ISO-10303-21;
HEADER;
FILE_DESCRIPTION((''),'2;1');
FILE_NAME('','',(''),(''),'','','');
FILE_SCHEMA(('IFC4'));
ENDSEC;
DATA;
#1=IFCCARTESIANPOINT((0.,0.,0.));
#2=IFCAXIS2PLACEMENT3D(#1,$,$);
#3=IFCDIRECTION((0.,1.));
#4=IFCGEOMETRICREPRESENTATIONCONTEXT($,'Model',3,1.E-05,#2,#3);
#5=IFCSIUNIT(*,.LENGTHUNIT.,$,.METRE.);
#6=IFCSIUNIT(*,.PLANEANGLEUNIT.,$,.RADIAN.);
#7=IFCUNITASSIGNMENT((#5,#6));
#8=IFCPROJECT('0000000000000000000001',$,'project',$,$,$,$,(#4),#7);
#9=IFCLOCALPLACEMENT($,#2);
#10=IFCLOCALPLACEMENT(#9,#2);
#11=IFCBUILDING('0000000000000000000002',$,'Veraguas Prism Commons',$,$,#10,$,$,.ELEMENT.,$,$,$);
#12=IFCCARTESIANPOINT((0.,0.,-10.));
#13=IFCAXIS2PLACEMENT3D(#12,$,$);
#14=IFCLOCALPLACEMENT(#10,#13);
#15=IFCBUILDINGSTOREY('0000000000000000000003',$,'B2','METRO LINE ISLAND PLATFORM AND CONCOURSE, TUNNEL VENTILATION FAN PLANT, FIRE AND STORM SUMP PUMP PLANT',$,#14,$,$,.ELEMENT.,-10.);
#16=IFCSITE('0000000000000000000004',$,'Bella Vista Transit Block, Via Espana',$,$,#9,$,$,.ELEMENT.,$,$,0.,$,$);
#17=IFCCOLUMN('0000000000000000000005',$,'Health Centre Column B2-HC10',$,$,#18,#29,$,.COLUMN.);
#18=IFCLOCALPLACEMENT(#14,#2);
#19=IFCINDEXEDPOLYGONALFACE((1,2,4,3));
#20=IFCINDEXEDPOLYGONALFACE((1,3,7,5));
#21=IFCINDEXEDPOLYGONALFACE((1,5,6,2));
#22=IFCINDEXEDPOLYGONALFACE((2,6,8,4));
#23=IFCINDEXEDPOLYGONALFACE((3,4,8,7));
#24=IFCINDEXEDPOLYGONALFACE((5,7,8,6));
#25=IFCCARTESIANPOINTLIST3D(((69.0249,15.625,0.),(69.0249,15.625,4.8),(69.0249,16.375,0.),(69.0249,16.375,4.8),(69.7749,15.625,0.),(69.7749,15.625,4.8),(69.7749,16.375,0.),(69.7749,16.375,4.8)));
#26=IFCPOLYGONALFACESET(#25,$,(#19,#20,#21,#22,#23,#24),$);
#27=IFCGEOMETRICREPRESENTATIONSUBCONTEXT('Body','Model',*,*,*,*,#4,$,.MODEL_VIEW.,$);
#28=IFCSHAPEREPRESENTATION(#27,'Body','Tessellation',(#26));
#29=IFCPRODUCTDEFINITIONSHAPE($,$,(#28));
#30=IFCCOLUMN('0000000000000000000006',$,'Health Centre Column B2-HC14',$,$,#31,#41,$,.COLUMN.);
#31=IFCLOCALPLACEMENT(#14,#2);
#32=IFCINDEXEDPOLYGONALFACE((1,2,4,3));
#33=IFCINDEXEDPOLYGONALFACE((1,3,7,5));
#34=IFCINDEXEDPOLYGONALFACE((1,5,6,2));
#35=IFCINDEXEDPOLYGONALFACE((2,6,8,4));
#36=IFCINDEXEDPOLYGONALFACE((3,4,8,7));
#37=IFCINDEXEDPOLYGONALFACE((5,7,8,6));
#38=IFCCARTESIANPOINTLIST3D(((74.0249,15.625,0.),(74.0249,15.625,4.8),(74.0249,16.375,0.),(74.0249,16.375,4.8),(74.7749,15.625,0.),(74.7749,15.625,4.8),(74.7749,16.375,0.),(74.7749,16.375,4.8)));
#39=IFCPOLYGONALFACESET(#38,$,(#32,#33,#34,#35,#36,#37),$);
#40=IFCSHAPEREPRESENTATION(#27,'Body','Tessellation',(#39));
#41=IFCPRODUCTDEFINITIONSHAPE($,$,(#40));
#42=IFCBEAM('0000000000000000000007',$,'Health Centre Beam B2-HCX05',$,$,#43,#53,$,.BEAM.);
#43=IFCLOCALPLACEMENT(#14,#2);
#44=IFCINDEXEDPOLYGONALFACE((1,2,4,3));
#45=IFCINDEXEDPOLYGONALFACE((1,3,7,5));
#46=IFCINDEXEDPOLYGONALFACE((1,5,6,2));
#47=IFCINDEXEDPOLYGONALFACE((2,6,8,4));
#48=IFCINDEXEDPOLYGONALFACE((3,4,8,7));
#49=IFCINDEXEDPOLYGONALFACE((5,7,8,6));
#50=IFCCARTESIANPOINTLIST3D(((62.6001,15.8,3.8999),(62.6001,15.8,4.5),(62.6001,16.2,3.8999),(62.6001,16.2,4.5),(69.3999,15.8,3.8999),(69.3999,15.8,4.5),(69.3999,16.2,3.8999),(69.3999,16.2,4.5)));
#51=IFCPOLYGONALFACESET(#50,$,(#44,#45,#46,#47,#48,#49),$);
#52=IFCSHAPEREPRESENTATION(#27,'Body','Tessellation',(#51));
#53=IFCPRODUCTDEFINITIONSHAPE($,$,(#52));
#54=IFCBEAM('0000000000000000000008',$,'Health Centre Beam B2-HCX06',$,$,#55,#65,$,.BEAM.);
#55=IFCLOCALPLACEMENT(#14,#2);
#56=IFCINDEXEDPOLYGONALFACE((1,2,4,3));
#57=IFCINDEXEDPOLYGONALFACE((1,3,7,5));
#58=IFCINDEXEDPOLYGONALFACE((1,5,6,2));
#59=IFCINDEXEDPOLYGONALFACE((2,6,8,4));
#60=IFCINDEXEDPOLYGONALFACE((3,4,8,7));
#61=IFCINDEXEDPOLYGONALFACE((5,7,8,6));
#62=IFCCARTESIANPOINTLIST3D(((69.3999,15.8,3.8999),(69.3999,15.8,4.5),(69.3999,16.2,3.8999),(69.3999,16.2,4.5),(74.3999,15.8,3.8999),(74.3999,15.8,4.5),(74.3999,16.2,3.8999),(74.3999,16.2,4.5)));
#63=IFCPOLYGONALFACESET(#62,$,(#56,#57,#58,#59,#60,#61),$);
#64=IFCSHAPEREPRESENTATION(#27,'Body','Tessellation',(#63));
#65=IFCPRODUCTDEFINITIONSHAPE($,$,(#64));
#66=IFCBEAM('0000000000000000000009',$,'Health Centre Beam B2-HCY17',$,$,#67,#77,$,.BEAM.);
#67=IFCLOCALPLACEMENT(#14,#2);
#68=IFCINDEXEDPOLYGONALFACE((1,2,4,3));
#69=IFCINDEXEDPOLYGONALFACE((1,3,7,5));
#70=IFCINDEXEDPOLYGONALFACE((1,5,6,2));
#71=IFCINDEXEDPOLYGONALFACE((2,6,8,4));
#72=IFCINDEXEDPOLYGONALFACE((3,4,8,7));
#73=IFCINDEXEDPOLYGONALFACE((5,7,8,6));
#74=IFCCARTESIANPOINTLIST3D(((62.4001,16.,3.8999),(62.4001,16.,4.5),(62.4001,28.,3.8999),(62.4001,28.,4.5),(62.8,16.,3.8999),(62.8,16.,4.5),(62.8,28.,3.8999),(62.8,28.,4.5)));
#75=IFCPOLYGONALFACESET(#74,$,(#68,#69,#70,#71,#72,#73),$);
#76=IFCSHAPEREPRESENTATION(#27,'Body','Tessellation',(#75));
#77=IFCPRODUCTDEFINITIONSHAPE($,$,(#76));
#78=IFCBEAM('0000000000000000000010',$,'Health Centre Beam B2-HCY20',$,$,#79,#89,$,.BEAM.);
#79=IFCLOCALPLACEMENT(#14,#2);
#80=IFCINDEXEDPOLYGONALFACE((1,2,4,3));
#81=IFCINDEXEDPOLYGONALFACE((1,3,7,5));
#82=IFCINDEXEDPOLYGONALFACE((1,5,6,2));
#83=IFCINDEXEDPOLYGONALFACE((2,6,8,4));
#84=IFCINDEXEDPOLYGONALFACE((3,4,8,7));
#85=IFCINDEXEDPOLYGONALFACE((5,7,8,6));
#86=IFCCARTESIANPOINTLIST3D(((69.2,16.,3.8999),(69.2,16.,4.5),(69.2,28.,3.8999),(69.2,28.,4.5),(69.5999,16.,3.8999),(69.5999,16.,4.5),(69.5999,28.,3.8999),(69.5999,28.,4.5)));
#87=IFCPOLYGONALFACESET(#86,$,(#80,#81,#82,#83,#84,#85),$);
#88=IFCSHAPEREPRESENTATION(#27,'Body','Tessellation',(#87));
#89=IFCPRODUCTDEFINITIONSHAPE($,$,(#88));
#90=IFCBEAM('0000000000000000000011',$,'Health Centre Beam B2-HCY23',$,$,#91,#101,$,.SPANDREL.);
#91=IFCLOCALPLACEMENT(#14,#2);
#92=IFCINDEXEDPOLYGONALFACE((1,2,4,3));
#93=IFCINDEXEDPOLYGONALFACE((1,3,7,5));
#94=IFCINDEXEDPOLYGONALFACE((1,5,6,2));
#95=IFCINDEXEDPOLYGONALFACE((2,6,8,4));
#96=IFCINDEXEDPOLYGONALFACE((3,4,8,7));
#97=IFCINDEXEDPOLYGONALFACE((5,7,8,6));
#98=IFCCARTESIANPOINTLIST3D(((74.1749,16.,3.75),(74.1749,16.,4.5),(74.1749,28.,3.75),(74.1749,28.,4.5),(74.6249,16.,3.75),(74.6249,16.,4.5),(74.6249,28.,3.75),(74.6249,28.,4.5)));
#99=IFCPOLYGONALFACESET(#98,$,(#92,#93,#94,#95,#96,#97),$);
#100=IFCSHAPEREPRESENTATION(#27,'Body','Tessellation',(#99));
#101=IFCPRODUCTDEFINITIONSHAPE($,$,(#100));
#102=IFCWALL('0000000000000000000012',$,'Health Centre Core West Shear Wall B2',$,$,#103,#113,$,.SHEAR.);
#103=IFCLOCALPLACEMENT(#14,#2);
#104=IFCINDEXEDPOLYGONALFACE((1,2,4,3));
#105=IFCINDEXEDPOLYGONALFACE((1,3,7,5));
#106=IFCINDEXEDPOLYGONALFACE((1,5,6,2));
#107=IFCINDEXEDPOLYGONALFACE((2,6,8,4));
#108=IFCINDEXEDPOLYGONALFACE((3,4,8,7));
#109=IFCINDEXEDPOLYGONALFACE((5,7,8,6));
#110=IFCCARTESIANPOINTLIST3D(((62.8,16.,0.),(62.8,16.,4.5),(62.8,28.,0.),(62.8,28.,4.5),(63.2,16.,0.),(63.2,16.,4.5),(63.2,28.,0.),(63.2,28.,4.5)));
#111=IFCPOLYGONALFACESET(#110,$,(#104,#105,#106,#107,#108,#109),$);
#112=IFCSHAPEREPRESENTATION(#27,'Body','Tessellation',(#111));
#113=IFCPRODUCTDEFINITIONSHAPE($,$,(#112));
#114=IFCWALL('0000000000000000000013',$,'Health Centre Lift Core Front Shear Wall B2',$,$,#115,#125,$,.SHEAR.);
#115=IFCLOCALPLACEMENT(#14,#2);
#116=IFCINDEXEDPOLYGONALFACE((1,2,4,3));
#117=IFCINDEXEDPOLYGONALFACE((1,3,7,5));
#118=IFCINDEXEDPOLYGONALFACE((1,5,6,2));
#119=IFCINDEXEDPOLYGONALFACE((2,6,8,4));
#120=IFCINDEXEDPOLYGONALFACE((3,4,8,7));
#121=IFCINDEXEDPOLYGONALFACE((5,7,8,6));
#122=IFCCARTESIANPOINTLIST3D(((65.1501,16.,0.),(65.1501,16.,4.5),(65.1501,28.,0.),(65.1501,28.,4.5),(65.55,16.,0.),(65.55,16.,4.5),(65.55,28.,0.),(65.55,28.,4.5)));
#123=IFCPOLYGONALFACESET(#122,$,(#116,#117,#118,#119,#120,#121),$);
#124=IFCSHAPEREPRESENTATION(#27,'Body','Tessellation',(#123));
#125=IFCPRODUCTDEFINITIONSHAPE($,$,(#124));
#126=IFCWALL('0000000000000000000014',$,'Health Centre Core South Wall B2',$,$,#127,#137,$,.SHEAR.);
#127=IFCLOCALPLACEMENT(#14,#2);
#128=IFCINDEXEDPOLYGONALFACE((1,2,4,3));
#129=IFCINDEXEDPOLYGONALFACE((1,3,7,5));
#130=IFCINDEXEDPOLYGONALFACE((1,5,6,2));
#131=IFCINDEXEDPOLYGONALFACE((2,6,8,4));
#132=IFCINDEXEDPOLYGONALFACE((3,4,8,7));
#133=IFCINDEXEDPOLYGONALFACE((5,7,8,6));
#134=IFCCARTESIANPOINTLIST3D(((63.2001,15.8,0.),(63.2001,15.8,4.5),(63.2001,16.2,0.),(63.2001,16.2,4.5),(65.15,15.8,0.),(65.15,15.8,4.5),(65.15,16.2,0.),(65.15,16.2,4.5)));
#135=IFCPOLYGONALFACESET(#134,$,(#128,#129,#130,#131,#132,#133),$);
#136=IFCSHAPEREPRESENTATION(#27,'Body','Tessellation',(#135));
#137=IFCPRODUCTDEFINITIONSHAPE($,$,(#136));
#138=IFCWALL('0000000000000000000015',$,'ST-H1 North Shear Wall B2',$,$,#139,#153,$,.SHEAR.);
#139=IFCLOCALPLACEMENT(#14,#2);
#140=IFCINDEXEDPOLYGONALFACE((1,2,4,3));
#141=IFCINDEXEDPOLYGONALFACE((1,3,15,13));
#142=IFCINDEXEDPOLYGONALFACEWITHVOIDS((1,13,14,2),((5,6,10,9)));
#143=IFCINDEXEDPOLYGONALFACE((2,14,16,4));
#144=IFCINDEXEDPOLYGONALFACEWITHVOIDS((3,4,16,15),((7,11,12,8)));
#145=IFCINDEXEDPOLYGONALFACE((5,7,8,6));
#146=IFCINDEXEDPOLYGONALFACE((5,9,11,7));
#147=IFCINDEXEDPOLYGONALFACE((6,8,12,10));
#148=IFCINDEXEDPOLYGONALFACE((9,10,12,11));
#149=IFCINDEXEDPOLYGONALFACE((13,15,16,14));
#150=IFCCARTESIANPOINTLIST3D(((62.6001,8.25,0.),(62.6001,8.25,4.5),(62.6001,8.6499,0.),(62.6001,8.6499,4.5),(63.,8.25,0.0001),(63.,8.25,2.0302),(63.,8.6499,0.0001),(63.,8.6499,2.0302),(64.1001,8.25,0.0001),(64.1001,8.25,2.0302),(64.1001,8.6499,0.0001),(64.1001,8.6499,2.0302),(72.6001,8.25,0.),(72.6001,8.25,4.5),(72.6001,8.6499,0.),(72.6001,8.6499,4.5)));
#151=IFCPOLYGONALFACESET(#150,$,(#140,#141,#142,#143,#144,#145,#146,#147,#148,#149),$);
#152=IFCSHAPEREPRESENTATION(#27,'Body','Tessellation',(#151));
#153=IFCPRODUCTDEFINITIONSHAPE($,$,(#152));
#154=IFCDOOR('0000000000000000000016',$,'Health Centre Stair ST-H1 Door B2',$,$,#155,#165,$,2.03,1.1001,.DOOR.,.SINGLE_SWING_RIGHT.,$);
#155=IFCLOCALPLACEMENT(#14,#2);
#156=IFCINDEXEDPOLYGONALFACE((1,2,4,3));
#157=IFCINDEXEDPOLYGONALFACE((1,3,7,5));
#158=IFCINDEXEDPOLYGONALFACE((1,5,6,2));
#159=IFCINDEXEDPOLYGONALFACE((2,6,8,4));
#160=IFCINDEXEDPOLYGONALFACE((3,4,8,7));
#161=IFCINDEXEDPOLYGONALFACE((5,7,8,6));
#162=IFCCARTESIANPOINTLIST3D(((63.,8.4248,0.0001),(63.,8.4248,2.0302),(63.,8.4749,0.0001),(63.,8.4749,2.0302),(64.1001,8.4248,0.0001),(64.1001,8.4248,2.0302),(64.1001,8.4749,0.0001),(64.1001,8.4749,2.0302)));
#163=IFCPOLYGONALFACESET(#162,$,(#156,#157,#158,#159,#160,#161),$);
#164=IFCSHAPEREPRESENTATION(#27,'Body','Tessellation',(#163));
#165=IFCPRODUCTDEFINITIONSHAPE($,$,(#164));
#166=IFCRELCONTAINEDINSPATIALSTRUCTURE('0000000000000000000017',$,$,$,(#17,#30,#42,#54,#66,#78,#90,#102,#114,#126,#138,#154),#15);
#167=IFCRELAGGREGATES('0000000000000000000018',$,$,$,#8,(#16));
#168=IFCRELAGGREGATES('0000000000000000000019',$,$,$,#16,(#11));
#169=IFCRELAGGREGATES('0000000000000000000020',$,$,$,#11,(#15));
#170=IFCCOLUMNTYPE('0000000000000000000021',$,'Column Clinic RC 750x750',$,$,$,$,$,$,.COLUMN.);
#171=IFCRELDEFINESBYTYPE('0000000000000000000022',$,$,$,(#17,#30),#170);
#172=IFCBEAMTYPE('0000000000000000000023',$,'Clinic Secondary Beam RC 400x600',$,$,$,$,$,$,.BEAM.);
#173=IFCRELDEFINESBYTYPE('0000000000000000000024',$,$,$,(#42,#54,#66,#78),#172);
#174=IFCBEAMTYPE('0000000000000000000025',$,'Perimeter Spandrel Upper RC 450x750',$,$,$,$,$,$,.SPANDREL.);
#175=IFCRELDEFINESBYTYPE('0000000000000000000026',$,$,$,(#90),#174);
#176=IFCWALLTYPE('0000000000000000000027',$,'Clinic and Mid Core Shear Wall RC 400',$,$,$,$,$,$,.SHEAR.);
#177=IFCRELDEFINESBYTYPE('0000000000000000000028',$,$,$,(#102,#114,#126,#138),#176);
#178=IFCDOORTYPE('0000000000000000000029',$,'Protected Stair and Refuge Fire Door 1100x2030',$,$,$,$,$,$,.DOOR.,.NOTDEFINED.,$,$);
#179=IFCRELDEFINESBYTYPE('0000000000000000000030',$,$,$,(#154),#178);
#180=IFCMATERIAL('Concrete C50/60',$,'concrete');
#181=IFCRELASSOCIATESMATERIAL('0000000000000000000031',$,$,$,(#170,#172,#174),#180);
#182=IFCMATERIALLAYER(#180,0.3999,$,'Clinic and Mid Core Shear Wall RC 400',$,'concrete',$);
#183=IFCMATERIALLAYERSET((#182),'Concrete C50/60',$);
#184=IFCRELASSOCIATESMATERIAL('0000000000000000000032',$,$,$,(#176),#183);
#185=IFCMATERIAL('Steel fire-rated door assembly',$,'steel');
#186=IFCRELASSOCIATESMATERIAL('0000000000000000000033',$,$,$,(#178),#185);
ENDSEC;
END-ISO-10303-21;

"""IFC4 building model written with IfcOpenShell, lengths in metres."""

from ifc_helpers import new_model, si_unit, direction, frame, frame_2d, origin, origin_2d, place, context, subcontext, project, spatial, rectangle, extrude, source, transform, mapped, material, layer, layer_set, material_profile, profile_set, type_object, element, fill, save


model = new_model("IFC4")

# Units and contexts
model_context = context("Model", 3, precision=1e-05, world=origin(), true_north=direction((0.0, 1.0)))
body_context = subcontext(model_context, "Body", "Model", "MODEL_VIEW")
ifc_project = project(units=[si_unit("LENGTHUNIT", "METRE"), si_unit("PLANEANGLEUNIT", "RADIAN")], contexts=[model_context])

# Site, building, storey
site_placement = place(None, origin())
site = spatial("IfcSite", under=ifc_project, at=site_placement, Name="Bella Vista Transit Block, Via Espana", CompositionType="ELEMENT", RefElevation=0.0)
building_placement = place(site_placement, origin())
building = spatial("IfcBuilding", under=site, at=building_placement, Name="Veraguas Prism Commons", CompositionType="ELEMENT")
storey_placement = place(building_placement, frame((0.0, 0.0, -10.0)))
storey = spatial("IfcBuildingStorey", under=building, at=storey_placement, Name="B2", Description="METRO LINE ISLAND PLATFORM AND CONCOURSE, TUNNEL VENTILATION FAN PLANT, FIRE AND STORM SUMP PUMP PLANT", CompositionType="ELEMENT", Elevation=-10.0)

# Columns
ifc_material_1 = material(Name="Concrete C50/60", Category="concrete")
ifc_material_profile_1 = material_profile(ifc_material_1, rectangle(XDim=0.75, YDim=0.75, at=origin_2d()), Name="RC750X750")
ifc_profile_set_1 = profile_set([ifc_material_profile_1], Name="Concrete C50/60")
column_type = type_object("IfcColumnType", Name="Column Clinic RC 750x750", PredefinedType="COLUMN", material=ifc_profile_set_1)
for number, where, z_axis, x_axis, name in (
    (1, (69.3999, 16.0, 0.0), (0.0, 0.0, 1.0), (1.0, 0.0, 0.0), "Health Centre Column B2-HC10"),
    (2, (74.3999, 16.0, 0.0), (0.0, 0.0, 1.0), (1.0, 0.0, 0.0), "Health Centre Column B2-HC14"),
):
    element("IfcColumn", number, at=place(storey_placement, frame(where, z_axis=z_axis, x_axis=x_axis)), inside=storey, type_object=column_type, Name=name, PredefinedType="COLUMN", context=body_context, shape_type="SweptSolid", body=[
        extrude(rectangle(XDim=0.75, YDim=0.75, at=origin_2d()), origin(), (0.0, 0.0, 1.0), 4.8),
    ])

# Beams
ifc_material_profile_2 = material_profile(ifc_material_1, rectangle(XDim=0.3999, YDim=0.6001, at=origin_2d()), Name="RC400X600")
ifc_profile_set_2 = profile_set([ifc_material_profile_2], Name="Concrete C50/60")
beam_type_1 = type_object("IfcBeamType", Name="Clinic Secondary Beam RC 400x600", PredefinedType="BEAM", material=ifc_profile_set_2)
beam_1_placement = place(storey_placement, frame((62.6001, 16.0, 4.2), z_axis=(1.0, 0.0, 0.0), x_axis=(0.0, 1.0, 0.0)))
element("IfcBeam", 3, at=beam_1_placement, inside=storey, type_object=beam_type_1, Name="Health Centre Beam B2-HCX05", PredefinedType="BEAM", context=body_context, shape_type="SweptSolid", body=[
    extrude(rectangle(XDim=0.3999, YDim=0.6001, at=origin_2d()), origin(), (0.0, 0.0, 1.0), 6.7998),
])
beam_2_placement = place(storey_placement, frame((69.3999, 16.0, 4.2), z_axis=(1.0, 0.0, 0.0), x_axis=(0.0, 1.0, 0.0)))
element("IfcBeam", 4, at=beam_2_placement, inside=storey, type_object=beam_type_1, Name="Health Centre Beam B2-HCX06", PredefinedType="BEAM", context=body_context, shape_type="SweptSolid", body=[
    extrude(rectangle(XDim=0.3999, YDim=0.6001, at=origin_2d()), origin(), (0.0, 0.0, 1.0), 5.0),
])
for number, where, z_axis, x_axis, name in (
    (5, (62.6001, 16.0, 4.2), (0.0, 1.0, 0.0), (-1.0, 0.0, 0.0), "Health Centre Beam B2-HCY17"),
    (6, (69.3999, 16.0, 4.2), (0.0, 1.0, 0.0), (-1.0, 0.0, 0.0), "Health Centre Beam B2-HCY20"),
):
    element("IfcBeam", number, at=place(storey_placement, frame(where, z_axis=z_axis, x_axis=x_axis)), inside=storey, type_object=beam_type_1, Name=name, PredefinedType="BEAM", context=body_context, shape_type="SweptSolid", body=[
        extrude(rectangle(XDim=0.3999, YDim=0.6001, at=origin_2d()), origin(), (0.0, 0.0, 1.0), 12.0),
    ])
ifc_material_profile_3 = material_profile(ifc_material_1, rectangle(XDim=0.45, YDim=0.75, at=origin_2d()), Name="RC450X750")
ifc_profile_set_3 = profile_set([ifc_material_profile_3], Name="Concrete C50/60")
beam_type_2 = type_object("IfcBeamType", Name="Perimeter Spandrel Upper RC 450x750", PredefinedType="SPANDREL", material=ifc_profile_set_3)
beam_3_placement = place(storey_placement, frame((74.3999, 16.0, 4.125), z_axis=(0.0, 1.0, 0.0), x_axis=(-1.0, 0.0, 0.0)))
element("IfcBeam", 7, at=beam_3_placement, inside=storey, type_object=beam_type_2, Name="Health Centre Beam B2-HCY23", PredefinedType="SPANDREL", context=body_context, shape_type="SweptSolid", body=[
    extrude(rectangle(XDim=0.45, YDim=0.75, at=origin_2d()), origin(), (0.0, 0.0, 1.0), 12.0),
])

# Walls
ifc_layer_1 = layer(ifc_material_1, 0.3999, Name="Clinic and Mid Core Shear Wall RC 400", Category="concrete")
ifc_layer_set_1 = layer_set([ifc_layer_1], Name="Concrete C50/60")
wall_type_1 = type_object("IfcWallType", Name="Clinic and Mid Core Shear Wall RC 400", PredefinedType="SHEAR", material=ifc_layer_set_1)
for number, where, z_axis, x_axis, name in (
    (8, (63.0, 16.0, 0.0), (0.0, 0.0, 1.0), (0.0, 1.0, 0.0), "Health Centre Core West Shear Wall B2"),
    (9, (65.3501, 16.0, 0.0), (0.0, 0.0, 1.0), (0.0, 1.0, 0.0), "Health Centre Lift Core Front Shear Wall B2"),
):
    element("IfcWall", number, at=place(storey_placement, frame(where, z_axis=z_axis, x_axis=x_axis)), inside=storey, type_object=wall_type_1, Name=name, PredefinedType="SHEAR", context=body_context, shape_type="SweptSolid", body=[
        extrude(rectangle(XDim=12.0, YDim=0.3999, at=frame_2d((6.0, 0.0))), origin(), (0.0, 0.0, 1.0), 4.5),
    ])
wall_1_placement = place(storey_placement, frame((63.2, 16.0, 0.0), z_axis=(0.0, 0.0, 1.0), x_axis=(1.0, 0.0, 0.0)))
element("IfcWall", 10, at=wall_1_placement, inside=storey, type_object=wall_type_1, Name="Health Centre Core South Wall B2", PredefinedType="SHEAR", context=body_context, shape_type="SweptSolid", body=[
    extrude(rectangle(XDim=1.95, YDim=0.3999, at=frame_2d((0.9751, 0.0))), origin(), (0.0, 0.0, 1.0), 4.5),
])

# Wall, opening, door
wall_2_placement = place(storey_placement, frame((62.6001, 8.45, 0.0), z_axis=(0.0, 0.0, 1.0), x_axis=(1.0, 0.0, 0.0)))
wall_2 = element("IfcWall", 11, at=wall_2_placement, inside=storey, type_object=wall_type_1, Name="ST-H1 North Shear Wall B2", PredefinedType="SHEAR", context=body_context, shape_type="SweptSolid", body=[
    extrude(rectangle(XDim=10.0, YDim=0.3999, at=frame_2d((5.0, 0.0))), origin(), (0.0, 0.0, 1.0), 4.5),
])
opening_1_placement = place(wall_2_placement, frame((0.3999, 0.0, 0.0)))
opening_1 = element("IfcOpeningElement", 12, at=opening_1_placement, cuts=wall_2, PredefinedType="OPENING", context=body_context, shape_type="SweptSolid", body=[
    extrude(rectangle(XDim=1.1001, YDim=2.03, at=frame_2d((0.55, 1.0151))), frame((0.0, 0.21, 0.0), z_axis=(0.0, -1.0, 0.0), x_axis=(1.0, 0.0, 0.0)), (0.0, 0.0, 1.0), 0.4199),
])
ifc_material_2 = material(Name="Steel fire-rated door assembly", Category="steel")
door_type_1 = type_object("IfcDoorType", Name="Protected Stair and Refuge Fire Door 1100x2030", OperationType="NOTDEFINED", PredefinedType="DOOR", material=ifc_material_2)
shared_shape_1 = source(origin(), body_context, "Body", "SweptSolid", [
    extrude(rectangle(XDim=1.1001, YDim=2.03, at=frame_2d((0.55, 1.0151))), frame((0.0, 0.0249, 0.0), z_axis=(0.0, -1.0, 0.0), x_axis=(1.0, 0.0, 0.0)), (0.0, 0.0, 1.0), 0.05),
])
door_1_placement = place(opening_1_placement, origin())
door_1 = element("IfcDoor", 13, at=door_1_placement, inside=storey, type_object=door_type_1, Name="Health Centre Stair ST-H1 Door B2", OperationType="SINGLE_SWING_RIGHT", OverallHeight=2.03, OverallWidth=1.1001, PredefinedType="DOOR", context=body_context, shape_type="MappedRepresentation", body=[
    mapped(shared_shape_1, transform((0.0, 0.0, 0.0), scale=1.0)),
])
fill(opening_1, door_1)

save(model, "model.ifc")
